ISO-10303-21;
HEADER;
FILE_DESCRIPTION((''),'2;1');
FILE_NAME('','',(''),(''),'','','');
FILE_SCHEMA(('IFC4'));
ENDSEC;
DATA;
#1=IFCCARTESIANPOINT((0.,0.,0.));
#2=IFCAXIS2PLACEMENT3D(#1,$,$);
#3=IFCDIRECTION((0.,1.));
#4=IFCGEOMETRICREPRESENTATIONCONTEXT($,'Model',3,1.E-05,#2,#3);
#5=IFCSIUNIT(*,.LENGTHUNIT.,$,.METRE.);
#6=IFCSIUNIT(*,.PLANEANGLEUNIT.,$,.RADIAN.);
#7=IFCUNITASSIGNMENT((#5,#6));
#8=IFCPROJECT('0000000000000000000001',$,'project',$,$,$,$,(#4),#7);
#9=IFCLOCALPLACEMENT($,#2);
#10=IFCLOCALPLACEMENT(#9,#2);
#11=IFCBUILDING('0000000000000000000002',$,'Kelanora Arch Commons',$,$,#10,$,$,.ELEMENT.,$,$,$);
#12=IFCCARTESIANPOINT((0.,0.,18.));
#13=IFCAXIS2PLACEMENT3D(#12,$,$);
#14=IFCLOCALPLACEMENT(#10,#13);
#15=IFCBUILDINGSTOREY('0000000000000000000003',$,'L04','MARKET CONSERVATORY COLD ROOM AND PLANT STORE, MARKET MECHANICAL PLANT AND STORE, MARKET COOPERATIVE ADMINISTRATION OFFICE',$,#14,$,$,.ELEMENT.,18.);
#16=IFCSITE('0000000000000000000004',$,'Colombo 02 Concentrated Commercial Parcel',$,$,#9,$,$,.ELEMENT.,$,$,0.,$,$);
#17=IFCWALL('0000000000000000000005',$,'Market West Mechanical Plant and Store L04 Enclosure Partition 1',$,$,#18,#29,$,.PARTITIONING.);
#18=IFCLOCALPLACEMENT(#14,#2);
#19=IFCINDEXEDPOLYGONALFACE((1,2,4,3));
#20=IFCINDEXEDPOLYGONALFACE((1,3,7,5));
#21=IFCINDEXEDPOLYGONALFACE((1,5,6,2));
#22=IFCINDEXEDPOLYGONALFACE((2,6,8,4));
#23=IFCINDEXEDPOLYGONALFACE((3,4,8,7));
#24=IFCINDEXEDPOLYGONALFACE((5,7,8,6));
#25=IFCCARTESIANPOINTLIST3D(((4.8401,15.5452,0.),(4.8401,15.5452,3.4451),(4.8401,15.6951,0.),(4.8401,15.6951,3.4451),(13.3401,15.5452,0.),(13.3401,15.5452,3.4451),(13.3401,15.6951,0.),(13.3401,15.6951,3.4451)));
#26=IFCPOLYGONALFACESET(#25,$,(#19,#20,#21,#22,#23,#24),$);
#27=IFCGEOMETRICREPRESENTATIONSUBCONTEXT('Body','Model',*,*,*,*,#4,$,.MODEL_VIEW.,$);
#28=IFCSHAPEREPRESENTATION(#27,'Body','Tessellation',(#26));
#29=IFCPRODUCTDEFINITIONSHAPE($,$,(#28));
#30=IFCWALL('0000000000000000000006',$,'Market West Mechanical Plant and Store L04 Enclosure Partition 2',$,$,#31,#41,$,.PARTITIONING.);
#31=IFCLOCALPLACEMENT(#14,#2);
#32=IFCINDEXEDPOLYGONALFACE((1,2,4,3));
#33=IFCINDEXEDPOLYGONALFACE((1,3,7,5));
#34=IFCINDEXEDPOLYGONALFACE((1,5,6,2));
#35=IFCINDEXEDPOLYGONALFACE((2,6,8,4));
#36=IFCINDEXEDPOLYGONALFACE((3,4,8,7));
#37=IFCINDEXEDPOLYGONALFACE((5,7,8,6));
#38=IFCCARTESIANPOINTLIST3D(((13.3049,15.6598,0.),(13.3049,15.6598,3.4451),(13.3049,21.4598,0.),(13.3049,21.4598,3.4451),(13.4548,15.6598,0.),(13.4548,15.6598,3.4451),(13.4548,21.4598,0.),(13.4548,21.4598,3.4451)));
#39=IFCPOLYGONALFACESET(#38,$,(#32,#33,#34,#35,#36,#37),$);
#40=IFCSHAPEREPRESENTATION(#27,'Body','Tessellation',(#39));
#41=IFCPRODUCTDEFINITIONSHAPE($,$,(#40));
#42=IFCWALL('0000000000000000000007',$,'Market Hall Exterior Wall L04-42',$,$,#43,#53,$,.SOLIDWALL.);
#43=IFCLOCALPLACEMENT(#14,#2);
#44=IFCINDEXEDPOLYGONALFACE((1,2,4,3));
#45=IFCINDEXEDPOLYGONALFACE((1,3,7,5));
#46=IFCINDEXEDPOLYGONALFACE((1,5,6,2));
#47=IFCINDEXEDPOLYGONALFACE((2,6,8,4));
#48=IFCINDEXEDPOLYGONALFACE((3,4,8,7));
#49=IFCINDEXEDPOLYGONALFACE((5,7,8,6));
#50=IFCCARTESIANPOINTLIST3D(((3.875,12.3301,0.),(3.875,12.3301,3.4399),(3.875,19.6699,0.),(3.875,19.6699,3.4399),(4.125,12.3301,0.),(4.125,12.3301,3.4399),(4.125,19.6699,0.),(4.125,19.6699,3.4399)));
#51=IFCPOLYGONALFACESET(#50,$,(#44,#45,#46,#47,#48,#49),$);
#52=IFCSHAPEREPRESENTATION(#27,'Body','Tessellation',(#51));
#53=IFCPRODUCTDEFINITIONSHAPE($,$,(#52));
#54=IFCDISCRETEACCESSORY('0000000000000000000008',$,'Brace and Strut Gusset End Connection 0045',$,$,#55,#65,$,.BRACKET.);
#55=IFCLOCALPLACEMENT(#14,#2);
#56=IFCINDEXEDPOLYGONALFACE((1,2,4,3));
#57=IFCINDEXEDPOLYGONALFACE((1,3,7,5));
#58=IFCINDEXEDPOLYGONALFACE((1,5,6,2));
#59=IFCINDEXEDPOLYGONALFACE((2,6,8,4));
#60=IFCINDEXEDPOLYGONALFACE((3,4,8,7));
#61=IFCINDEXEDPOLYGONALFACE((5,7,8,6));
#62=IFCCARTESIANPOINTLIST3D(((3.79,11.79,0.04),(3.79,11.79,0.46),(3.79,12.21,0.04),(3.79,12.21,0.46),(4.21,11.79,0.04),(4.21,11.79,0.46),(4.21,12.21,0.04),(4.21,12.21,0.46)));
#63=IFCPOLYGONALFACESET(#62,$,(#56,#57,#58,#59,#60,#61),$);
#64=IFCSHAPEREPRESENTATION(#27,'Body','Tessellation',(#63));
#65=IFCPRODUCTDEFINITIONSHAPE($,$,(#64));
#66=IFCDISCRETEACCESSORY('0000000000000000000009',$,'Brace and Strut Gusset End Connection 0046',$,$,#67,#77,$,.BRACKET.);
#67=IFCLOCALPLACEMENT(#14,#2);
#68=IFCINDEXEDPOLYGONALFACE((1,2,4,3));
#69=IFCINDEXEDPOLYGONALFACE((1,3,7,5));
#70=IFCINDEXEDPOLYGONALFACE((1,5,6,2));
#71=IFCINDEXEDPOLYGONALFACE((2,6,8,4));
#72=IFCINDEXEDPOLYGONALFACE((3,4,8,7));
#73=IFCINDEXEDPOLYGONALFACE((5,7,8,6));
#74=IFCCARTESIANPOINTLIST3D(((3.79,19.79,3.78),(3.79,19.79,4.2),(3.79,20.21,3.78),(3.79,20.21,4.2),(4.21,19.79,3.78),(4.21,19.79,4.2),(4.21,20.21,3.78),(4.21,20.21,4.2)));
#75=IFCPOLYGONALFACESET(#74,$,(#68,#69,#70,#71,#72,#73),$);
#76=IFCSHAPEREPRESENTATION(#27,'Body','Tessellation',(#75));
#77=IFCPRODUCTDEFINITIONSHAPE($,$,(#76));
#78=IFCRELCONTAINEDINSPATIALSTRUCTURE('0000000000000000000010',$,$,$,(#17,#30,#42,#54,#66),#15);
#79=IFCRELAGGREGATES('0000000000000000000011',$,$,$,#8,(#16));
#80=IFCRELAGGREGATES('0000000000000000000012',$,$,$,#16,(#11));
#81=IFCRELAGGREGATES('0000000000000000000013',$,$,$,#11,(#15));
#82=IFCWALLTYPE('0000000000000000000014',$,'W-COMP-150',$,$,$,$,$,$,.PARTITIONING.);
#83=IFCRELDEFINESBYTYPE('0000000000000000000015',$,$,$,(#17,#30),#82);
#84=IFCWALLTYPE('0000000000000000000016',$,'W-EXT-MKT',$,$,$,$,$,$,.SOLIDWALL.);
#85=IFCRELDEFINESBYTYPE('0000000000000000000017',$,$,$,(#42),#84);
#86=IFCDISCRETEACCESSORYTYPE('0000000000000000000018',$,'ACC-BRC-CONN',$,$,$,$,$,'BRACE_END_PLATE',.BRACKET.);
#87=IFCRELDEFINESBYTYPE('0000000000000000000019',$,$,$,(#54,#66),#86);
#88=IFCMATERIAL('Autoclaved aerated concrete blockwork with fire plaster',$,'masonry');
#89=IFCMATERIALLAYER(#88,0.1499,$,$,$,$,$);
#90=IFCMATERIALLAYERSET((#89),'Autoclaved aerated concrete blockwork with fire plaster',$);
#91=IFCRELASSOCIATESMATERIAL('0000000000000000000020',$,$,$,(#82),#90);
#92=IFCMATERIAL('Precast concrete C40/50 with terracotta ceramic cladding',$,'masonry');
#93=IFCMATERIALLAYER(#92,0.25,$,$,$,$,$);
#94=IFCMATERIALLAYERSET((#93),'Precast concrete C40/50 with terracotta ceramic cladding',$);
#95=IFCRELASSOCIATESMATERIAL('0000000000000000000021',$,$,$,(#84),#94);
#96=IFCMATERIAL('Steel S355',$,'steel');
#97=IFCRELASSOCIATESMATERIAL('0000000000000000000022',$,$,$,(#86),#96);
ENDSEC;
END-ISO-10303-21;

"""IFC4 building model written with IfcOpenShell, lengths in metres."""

from ifc_helpers import new_model, si_unit, direction, frame, frame_2d, origin, origin_2d, place, context, subcontext, project, spatial, rectangle, extrude, source, transform, mapped, material, layer, layer_set, type_object, element, save


model = new_model("IFC4")

# Units and contexts
model_context = context("Model", 3, precision=1e-05, world=origin(), true_north=direction((0.0, 1.0)))
body_context = subcontext(model_context, "Body", "Model", "MODEL_VIEW")
ifc_project = project(units=[si_unit("LENGTHUNIT", "METRE"), si_unit("PLANEANGLEUNIT", "RADIAN")], contexts=[model_context])

# Site, building, storey
site_placement = place(None, origin())
site = spatial("IfcSite", under=ifc_project, at=site_placement, Name="Colombo 02 Concentrated Commercial Parcel", CompositionType="ELEMENT", RefElevation=0.0)
building_placement = place(site_placement, origin())
building = spatial("IfcBuilding", under=site, at=building_placement, Name="Kelanora Arch Commons", CompositionType="ELEMENT")
storey_placement = place(building_placement, frame((0.0, 0.0, 18.0)))
storey = spatial("IfcBuildingStorey", under=building, at=storey_placement, Name="L04", Description="MARKET CONSERVATORY COLD ROOM AND PLANT STORE, MARKET MECHANICAL PLANT AND STORE, MARKET COOPERATIVE ADMINISTRATION OFFICE", CompositionType="ELEMENT", Elevation=18.0)

# Shared definitions
ifc_material_1 = material(Name="Steel S355", Category="steel")

# Walls
ifc_material_2 = material(Name="Autoclaved aerated concrete blockwork with fire plaster", Category="masonry")
ifc_layer_1 = layer(ifc_material_2, 0.1499)
ifc_layer_set_1 = layer_set([ifc_layer_1], Name="Autoclaved aerated concrete blockwork with fire plaster")
wall_type_1 = type_object("IfcWallType", Name="W-COMP-150", PredefinedType="PARTITIONING", material=ifc_layer_set_1)
wall_1_placement = place(storey_placement, frame((4.8401, 15.6201, 0.0), z_axis=(0.0, 0.0, 1.0), x_axis=(1.0, 0.0, 0.0)))
element("IfcWall", 1, at=wall_1_placement, inside=storey, type_object=wall_type_1, Name="Market West Mechanical Plant and Store L04 Enclosure Partition 1", PredefinedType="PARTITIONING", context=body_context, shape_type="SweptSolid", body=[
    extrude(rectangle(XDim=8.5, YDim=0.1499, at=frame_2d((4.25, 0.0))), origin(), (0.0, 0.0, 1.0), 3.4451),
])
wall_2_placement = place(storey_placement, frame((13.3799, 15.6599, 0.0), z_axis=(0.0, 0.0, 1.0), x_axis=(0.0, 1.0, 0.0)))
element("IfcWall", 2, at=wall_2_placement, inside=storey, type_object=wall_type_1, Name="Market West Mechanical Plant and Store L04 Enclosure Partition 2", PredefinedType="PARTITIONING", context=body_context, shape_type="SweptSolid", body=[
    extrude(rectangle(XDim=5.8, YDim=0.1499, at=frame_2d((2.8999, 0.0))), origin(), (0.0, 0.0, 1.0), 3.4451),
])
ifc_material_3 = material(Name="Precast concrete C40/50 with terracotta ceramic cladding", Category="masonry")
ifc_layer_2 = layer(ifc_material_3, 0.25)
ifc_layer_set_2 = layer_set([ifc_layer_2], Name="Precast concrete C40/50 with terracotta ceramic cladding")
wall_type_2 = type_object("IfcWallType", Name="W-EXT-MKT", PredefinedType="SOLIDWALL", material=ifc_layer_set_2)
wall_3_placement = place(storey_placement, frame((4.0, 19.6699, 0.0), z_axis=(0.0, 0.0, 1.0), x_axis=(0.0, -1.0, 0.0)))
element("IfcWall", 3, at=wall_3_placement, inside=storey, type_object=wall_type_2, Name="Market Hall Exterior Wall L04-42", PredefinedType="SOLIDWALL", context=body_context, shape_type="SweptSolid", body=[
    extrude(rectangle(XDim=7.3398, YDim=0.25, at=frame_2d((3.6699, 0.0))), origin(), (0.0, 0.0, 1.0), 3.4399),
])

# Discrete accessories
discrete_accessory_type = type_object("IfcDiscreteAccessoryType", Name="ACC-BRC-CONN", ElementType="BRACE_END_PLATE", PredefinedType="BRACKET", material=ifc_material_1)
shared_shape = source(origin(), body_context, "Body", "SweptSolid", [
    extrude(rectangle(XDim=0.4199, YDim=0.4199, at=origin_2d()), origin(), (0.0, 0.0, 1.0), 0.4199),
])
for number, where, z_axis, x_axis, name in (
    (4, (4.0, 12.0, 0.04), (0.0, 0.0, 1.0), (0.0, 1.0, 0.0), "Brace and Strut Gusset End Connection 0045"),
    (5, (4.0, 20.0, 3.78), (0.0, 0.0, 1.0), (0.0, 1.0, 0.0), "Brace and Strut Gusset End Connection 0046"),
):
    element("IfcDiscreteAccessory", number, at=place(storey_placement, frame(where, z_axis=z_axis, x_axis=x_axis)), inside=storey, type_object=discrete_accessory_type, Name=name, PredefinedType="BRACKET", context=body_context, shape_type="MappedRepresentation", body=[
        mapped(shared_shape, transform((0.0, 0.0, 0.0), scale=1.0)),
    ])

save(model, "model.ifc")
